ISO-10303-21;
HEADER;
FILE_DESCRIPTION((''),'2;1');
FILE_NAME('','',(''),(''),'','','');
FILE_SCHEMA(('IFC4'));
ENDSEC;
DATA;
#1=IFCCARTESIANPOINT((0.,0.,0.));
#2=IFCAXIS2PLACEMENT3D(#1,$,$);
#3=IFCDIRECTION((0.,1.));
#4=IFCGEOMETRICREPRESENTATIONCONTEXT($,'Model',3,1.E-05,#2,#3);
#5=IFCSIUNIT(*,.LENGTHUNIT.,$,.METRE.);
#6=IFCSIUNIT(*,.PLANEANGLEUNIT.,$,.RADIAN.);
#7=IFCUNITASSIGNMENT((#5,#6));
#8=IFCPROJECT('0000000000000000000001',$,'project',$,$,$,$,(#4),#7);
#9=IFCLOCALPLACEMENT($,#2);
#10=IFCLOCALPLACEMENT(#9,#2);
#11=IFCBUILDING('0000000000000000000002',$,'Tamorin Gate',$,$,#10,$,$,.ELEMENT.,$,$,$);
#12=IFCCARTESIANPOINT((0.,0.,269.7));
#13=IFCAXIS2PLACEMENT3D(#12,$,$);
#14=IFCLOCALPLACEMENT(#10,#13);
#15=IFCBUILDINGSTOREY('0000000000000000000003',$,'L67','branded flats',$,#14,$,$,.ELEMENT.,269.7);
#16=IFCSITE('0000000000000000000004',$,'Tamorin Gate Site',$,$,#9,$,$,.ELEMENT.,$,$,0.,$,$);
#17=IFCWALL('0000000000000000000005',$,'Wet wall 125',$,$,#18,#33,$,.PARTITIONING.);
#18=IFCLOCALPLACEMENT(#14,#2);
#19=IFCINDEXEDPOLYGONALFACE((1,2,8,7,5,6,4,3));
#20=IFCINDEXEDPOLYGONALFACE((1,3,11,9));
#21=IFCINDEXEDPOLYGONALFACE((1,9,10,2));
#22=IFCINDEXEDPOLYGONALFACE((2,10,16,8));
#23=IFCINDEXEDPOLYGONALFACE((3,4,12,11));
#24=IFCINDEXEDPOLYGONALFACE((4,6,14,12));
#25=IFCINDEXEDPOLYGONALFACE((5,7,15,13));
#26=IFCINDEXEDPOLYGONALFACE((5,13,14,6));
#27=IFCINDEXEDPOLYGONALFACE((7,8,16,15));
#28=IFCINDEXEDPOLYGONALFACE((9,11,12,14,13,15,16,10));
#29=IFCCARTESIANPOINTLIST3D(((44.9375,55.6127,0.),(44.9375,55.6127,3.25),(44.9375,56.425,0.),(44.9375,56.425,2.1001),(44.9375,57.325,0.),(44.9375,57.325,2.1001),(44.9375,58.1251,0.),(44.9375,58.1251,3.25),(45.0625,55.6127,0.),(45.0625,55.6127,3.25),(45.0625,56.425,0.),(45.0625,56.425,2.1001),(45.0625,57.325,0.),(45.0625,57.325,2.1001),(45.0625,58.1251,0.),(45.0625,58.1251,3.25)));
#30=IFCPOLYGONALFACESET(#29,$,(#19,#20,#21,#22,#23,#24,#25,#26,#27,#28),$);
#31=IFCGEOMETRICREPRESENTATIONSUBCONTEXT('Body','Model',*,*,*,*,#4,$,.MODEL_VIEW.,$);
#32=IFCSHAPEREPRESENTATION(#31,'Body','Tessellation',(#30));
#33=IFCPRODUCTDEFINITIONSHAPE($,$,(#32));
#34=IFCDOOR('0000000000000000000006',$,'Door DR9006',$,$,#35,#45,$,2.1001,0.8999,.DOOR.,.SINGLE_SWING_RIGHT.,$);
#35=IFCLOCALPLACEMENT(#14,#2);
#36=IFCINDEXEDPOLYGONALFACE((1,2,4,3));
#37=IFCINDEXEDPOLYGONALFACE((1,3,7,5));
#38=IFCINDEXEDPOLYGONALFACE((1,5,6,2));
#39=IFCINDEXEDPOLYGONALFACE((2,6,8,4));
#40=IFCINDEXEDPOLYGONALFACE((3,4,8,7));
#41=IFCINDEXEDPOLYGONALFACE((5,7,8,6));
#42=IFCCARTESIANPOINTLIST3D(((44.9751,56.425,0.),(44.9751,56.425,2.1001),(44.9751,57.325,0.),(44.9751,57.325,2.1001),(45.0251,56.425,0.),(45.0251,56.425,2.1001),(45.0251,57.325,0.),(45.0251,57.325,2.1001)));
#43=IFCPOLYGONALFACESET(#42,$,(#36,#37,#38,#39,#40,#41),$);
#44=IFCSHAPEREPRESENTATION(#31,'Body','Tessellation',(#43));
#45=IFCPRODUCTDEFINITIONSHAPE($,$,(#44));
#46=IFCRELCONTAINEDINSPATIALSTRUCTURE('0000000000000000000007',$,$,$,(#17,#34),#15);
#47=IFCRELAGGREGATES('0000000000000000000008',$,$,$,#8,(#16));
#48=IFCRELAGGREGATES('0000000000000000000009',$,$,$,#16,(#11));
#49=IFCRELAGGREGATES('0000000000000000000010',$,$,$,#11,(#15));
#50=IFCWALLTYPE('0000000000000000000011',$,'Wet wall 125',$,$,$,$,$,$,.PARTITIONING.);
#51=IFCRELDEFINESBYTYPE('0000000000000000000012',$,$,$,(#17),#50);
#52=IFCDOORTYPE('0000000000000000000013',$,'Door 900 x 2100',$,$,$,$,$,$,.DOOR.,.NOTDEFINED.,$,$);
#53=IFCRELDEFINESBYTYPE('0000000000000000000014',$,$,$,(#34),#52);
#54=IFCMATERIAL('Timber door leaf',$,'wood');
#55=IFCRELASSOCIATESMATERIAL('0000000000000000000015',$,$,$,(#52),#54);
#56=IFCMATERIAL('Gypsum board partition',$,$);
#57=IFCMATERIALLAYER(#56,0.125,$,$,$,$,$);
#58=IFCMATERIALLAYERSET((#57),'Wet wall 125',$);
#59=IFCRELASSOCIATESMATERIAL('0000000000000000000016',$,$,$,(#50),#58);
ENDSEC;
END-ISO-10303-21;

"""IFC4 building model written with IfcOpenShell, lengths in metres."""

from ifc_helpers import new_model, si_unit, direction, frame, frame_2d, origin, place, context, subcontext, project, spatial, rectangle, extrude, material, layer, layer_set, type_object, element, fill, save


model = new_model("IFC4")

# Units and contexts
model_context = context("Model", 3, precision=1e-05, world=origin(), true_north=direction((0.0, 1.0)))
body_context = subcontext(model_context, "Body", "Model", "MODEL_VIEW")
ifc_project = project(units=[si_unit("LENGTHUNIT", "METRE"), si_unit("PLANEANGLEUNIT", "RADIAN")], contexts=[model_context])

# Site, building, storey
site_placement = place(None, origin())
site = spatial("IfcSite", under=ifc_project, at=site_placement, Name="Tamorin Gate Site", CompositionType="ELEMENT", RefElevation=0.0)
building_placement = place(site_placement, origin())
building = spatial("IfcBuilding", under=site, at=building_placement, Name="Tamorin Gate", CompositionType="ELEMENT")
storey_placement = place(building_placement, frame((0.0, 0.0, 269.7)))
storey = spatial("IfcBuildingStorey", under=building, at=storey_placement, Name="L67", Description="branded flats", CompositionType="ELEMENT", Elevation=269.7)

# Shared definitions
ifc_material_1 = material(Name="Gypsum board partition")

# Shared definitions
ifc_material_2 = material(Name="Timber door leaf", Category="wood")
door_type = type_object("IfcDoorType", Name="Door 900 x 2100", OperationType="NOTDEFINED", PredefinedType="DOOR", material=ifc_material_2)

# Wall, opening, door
ifc_layer_1 = layer(ifc_material_1, 0.125)
ifc_layer_set_1 = layer_set([ifc_layer_1], Name="Wet wall 125")
wall_type_1 = type_object("IfcWallType", Name="Wet wall 125", PredefinedType="PARTITIONING", material=ifc_layer_set_1)
wall_1_placement = place(storey_placement, frame((45.0, 55.6125, 0.0), z_axis=(0.0, 0.0, 1.0), x_axis=(0.0, 1.0, 0.0)))
wall_1 = element("IfcWall", 1, at=wall_1_placement, inside=storey, type_object=wall_type_1, Name="Wet wall 125", PredefinedType="PARTITIONING", context=body_context, shape_type="SweptSolid", body=[
    extrude(rectangle(XDim=2.5125, YDim=0.125, at=frame_2d((1.2563, 0.0))), origin(), (0.0, 0.0, 1.0), 3.25),
])
opening_1_placement = place(wall_1_placement, frame((0.8125, 0.0, 0.0)))
opening_1 = element("IfcOpeningElement", 2, at=opening_1_placement, cuts=wall_1, PredefinedType="OPENING", context=body_context, shape_type="SweptSolid", body=[
    extrude(rectangle(XDim=0.8999, YDim=2.1001, at=frame_2d((0.45, 1.05))), frame((0.0, 0.0725, 0.0), z_axis=(0.0, -1.0, 0.0), x_axis=(1.0, 0.0, 0.0)), (0.0, 0.0, 1.0), 0.145),
])
door_1_placement = place(opening_1_placement, origin())
door_1 = element("IfcDoor", 3, at=door_1_placement, inside=storey, type_object=door_type, Name="Door DR9006", OperationType="SINGLE_SWING_RIGHT", OverallHeight=2.1001, OverallWidth=0.8999, PredefinedType="DOOR", context=body_context, shape_type="SweptSolid", body=[
    extrude(rectangle(XDim=0.8999, YDim=2.1001, at=frame_2d((0.45, 1.05))), frame((0.0, 0.0249, 0.0), z_axis=(0.0, -1.0, 0.0), x_axis=(1.0, 0.0, 0.0)), (0.0, 0.0, 1.0), 0.05),
])
fill(opening_1, door_1)

save(model, "model.ifc")
